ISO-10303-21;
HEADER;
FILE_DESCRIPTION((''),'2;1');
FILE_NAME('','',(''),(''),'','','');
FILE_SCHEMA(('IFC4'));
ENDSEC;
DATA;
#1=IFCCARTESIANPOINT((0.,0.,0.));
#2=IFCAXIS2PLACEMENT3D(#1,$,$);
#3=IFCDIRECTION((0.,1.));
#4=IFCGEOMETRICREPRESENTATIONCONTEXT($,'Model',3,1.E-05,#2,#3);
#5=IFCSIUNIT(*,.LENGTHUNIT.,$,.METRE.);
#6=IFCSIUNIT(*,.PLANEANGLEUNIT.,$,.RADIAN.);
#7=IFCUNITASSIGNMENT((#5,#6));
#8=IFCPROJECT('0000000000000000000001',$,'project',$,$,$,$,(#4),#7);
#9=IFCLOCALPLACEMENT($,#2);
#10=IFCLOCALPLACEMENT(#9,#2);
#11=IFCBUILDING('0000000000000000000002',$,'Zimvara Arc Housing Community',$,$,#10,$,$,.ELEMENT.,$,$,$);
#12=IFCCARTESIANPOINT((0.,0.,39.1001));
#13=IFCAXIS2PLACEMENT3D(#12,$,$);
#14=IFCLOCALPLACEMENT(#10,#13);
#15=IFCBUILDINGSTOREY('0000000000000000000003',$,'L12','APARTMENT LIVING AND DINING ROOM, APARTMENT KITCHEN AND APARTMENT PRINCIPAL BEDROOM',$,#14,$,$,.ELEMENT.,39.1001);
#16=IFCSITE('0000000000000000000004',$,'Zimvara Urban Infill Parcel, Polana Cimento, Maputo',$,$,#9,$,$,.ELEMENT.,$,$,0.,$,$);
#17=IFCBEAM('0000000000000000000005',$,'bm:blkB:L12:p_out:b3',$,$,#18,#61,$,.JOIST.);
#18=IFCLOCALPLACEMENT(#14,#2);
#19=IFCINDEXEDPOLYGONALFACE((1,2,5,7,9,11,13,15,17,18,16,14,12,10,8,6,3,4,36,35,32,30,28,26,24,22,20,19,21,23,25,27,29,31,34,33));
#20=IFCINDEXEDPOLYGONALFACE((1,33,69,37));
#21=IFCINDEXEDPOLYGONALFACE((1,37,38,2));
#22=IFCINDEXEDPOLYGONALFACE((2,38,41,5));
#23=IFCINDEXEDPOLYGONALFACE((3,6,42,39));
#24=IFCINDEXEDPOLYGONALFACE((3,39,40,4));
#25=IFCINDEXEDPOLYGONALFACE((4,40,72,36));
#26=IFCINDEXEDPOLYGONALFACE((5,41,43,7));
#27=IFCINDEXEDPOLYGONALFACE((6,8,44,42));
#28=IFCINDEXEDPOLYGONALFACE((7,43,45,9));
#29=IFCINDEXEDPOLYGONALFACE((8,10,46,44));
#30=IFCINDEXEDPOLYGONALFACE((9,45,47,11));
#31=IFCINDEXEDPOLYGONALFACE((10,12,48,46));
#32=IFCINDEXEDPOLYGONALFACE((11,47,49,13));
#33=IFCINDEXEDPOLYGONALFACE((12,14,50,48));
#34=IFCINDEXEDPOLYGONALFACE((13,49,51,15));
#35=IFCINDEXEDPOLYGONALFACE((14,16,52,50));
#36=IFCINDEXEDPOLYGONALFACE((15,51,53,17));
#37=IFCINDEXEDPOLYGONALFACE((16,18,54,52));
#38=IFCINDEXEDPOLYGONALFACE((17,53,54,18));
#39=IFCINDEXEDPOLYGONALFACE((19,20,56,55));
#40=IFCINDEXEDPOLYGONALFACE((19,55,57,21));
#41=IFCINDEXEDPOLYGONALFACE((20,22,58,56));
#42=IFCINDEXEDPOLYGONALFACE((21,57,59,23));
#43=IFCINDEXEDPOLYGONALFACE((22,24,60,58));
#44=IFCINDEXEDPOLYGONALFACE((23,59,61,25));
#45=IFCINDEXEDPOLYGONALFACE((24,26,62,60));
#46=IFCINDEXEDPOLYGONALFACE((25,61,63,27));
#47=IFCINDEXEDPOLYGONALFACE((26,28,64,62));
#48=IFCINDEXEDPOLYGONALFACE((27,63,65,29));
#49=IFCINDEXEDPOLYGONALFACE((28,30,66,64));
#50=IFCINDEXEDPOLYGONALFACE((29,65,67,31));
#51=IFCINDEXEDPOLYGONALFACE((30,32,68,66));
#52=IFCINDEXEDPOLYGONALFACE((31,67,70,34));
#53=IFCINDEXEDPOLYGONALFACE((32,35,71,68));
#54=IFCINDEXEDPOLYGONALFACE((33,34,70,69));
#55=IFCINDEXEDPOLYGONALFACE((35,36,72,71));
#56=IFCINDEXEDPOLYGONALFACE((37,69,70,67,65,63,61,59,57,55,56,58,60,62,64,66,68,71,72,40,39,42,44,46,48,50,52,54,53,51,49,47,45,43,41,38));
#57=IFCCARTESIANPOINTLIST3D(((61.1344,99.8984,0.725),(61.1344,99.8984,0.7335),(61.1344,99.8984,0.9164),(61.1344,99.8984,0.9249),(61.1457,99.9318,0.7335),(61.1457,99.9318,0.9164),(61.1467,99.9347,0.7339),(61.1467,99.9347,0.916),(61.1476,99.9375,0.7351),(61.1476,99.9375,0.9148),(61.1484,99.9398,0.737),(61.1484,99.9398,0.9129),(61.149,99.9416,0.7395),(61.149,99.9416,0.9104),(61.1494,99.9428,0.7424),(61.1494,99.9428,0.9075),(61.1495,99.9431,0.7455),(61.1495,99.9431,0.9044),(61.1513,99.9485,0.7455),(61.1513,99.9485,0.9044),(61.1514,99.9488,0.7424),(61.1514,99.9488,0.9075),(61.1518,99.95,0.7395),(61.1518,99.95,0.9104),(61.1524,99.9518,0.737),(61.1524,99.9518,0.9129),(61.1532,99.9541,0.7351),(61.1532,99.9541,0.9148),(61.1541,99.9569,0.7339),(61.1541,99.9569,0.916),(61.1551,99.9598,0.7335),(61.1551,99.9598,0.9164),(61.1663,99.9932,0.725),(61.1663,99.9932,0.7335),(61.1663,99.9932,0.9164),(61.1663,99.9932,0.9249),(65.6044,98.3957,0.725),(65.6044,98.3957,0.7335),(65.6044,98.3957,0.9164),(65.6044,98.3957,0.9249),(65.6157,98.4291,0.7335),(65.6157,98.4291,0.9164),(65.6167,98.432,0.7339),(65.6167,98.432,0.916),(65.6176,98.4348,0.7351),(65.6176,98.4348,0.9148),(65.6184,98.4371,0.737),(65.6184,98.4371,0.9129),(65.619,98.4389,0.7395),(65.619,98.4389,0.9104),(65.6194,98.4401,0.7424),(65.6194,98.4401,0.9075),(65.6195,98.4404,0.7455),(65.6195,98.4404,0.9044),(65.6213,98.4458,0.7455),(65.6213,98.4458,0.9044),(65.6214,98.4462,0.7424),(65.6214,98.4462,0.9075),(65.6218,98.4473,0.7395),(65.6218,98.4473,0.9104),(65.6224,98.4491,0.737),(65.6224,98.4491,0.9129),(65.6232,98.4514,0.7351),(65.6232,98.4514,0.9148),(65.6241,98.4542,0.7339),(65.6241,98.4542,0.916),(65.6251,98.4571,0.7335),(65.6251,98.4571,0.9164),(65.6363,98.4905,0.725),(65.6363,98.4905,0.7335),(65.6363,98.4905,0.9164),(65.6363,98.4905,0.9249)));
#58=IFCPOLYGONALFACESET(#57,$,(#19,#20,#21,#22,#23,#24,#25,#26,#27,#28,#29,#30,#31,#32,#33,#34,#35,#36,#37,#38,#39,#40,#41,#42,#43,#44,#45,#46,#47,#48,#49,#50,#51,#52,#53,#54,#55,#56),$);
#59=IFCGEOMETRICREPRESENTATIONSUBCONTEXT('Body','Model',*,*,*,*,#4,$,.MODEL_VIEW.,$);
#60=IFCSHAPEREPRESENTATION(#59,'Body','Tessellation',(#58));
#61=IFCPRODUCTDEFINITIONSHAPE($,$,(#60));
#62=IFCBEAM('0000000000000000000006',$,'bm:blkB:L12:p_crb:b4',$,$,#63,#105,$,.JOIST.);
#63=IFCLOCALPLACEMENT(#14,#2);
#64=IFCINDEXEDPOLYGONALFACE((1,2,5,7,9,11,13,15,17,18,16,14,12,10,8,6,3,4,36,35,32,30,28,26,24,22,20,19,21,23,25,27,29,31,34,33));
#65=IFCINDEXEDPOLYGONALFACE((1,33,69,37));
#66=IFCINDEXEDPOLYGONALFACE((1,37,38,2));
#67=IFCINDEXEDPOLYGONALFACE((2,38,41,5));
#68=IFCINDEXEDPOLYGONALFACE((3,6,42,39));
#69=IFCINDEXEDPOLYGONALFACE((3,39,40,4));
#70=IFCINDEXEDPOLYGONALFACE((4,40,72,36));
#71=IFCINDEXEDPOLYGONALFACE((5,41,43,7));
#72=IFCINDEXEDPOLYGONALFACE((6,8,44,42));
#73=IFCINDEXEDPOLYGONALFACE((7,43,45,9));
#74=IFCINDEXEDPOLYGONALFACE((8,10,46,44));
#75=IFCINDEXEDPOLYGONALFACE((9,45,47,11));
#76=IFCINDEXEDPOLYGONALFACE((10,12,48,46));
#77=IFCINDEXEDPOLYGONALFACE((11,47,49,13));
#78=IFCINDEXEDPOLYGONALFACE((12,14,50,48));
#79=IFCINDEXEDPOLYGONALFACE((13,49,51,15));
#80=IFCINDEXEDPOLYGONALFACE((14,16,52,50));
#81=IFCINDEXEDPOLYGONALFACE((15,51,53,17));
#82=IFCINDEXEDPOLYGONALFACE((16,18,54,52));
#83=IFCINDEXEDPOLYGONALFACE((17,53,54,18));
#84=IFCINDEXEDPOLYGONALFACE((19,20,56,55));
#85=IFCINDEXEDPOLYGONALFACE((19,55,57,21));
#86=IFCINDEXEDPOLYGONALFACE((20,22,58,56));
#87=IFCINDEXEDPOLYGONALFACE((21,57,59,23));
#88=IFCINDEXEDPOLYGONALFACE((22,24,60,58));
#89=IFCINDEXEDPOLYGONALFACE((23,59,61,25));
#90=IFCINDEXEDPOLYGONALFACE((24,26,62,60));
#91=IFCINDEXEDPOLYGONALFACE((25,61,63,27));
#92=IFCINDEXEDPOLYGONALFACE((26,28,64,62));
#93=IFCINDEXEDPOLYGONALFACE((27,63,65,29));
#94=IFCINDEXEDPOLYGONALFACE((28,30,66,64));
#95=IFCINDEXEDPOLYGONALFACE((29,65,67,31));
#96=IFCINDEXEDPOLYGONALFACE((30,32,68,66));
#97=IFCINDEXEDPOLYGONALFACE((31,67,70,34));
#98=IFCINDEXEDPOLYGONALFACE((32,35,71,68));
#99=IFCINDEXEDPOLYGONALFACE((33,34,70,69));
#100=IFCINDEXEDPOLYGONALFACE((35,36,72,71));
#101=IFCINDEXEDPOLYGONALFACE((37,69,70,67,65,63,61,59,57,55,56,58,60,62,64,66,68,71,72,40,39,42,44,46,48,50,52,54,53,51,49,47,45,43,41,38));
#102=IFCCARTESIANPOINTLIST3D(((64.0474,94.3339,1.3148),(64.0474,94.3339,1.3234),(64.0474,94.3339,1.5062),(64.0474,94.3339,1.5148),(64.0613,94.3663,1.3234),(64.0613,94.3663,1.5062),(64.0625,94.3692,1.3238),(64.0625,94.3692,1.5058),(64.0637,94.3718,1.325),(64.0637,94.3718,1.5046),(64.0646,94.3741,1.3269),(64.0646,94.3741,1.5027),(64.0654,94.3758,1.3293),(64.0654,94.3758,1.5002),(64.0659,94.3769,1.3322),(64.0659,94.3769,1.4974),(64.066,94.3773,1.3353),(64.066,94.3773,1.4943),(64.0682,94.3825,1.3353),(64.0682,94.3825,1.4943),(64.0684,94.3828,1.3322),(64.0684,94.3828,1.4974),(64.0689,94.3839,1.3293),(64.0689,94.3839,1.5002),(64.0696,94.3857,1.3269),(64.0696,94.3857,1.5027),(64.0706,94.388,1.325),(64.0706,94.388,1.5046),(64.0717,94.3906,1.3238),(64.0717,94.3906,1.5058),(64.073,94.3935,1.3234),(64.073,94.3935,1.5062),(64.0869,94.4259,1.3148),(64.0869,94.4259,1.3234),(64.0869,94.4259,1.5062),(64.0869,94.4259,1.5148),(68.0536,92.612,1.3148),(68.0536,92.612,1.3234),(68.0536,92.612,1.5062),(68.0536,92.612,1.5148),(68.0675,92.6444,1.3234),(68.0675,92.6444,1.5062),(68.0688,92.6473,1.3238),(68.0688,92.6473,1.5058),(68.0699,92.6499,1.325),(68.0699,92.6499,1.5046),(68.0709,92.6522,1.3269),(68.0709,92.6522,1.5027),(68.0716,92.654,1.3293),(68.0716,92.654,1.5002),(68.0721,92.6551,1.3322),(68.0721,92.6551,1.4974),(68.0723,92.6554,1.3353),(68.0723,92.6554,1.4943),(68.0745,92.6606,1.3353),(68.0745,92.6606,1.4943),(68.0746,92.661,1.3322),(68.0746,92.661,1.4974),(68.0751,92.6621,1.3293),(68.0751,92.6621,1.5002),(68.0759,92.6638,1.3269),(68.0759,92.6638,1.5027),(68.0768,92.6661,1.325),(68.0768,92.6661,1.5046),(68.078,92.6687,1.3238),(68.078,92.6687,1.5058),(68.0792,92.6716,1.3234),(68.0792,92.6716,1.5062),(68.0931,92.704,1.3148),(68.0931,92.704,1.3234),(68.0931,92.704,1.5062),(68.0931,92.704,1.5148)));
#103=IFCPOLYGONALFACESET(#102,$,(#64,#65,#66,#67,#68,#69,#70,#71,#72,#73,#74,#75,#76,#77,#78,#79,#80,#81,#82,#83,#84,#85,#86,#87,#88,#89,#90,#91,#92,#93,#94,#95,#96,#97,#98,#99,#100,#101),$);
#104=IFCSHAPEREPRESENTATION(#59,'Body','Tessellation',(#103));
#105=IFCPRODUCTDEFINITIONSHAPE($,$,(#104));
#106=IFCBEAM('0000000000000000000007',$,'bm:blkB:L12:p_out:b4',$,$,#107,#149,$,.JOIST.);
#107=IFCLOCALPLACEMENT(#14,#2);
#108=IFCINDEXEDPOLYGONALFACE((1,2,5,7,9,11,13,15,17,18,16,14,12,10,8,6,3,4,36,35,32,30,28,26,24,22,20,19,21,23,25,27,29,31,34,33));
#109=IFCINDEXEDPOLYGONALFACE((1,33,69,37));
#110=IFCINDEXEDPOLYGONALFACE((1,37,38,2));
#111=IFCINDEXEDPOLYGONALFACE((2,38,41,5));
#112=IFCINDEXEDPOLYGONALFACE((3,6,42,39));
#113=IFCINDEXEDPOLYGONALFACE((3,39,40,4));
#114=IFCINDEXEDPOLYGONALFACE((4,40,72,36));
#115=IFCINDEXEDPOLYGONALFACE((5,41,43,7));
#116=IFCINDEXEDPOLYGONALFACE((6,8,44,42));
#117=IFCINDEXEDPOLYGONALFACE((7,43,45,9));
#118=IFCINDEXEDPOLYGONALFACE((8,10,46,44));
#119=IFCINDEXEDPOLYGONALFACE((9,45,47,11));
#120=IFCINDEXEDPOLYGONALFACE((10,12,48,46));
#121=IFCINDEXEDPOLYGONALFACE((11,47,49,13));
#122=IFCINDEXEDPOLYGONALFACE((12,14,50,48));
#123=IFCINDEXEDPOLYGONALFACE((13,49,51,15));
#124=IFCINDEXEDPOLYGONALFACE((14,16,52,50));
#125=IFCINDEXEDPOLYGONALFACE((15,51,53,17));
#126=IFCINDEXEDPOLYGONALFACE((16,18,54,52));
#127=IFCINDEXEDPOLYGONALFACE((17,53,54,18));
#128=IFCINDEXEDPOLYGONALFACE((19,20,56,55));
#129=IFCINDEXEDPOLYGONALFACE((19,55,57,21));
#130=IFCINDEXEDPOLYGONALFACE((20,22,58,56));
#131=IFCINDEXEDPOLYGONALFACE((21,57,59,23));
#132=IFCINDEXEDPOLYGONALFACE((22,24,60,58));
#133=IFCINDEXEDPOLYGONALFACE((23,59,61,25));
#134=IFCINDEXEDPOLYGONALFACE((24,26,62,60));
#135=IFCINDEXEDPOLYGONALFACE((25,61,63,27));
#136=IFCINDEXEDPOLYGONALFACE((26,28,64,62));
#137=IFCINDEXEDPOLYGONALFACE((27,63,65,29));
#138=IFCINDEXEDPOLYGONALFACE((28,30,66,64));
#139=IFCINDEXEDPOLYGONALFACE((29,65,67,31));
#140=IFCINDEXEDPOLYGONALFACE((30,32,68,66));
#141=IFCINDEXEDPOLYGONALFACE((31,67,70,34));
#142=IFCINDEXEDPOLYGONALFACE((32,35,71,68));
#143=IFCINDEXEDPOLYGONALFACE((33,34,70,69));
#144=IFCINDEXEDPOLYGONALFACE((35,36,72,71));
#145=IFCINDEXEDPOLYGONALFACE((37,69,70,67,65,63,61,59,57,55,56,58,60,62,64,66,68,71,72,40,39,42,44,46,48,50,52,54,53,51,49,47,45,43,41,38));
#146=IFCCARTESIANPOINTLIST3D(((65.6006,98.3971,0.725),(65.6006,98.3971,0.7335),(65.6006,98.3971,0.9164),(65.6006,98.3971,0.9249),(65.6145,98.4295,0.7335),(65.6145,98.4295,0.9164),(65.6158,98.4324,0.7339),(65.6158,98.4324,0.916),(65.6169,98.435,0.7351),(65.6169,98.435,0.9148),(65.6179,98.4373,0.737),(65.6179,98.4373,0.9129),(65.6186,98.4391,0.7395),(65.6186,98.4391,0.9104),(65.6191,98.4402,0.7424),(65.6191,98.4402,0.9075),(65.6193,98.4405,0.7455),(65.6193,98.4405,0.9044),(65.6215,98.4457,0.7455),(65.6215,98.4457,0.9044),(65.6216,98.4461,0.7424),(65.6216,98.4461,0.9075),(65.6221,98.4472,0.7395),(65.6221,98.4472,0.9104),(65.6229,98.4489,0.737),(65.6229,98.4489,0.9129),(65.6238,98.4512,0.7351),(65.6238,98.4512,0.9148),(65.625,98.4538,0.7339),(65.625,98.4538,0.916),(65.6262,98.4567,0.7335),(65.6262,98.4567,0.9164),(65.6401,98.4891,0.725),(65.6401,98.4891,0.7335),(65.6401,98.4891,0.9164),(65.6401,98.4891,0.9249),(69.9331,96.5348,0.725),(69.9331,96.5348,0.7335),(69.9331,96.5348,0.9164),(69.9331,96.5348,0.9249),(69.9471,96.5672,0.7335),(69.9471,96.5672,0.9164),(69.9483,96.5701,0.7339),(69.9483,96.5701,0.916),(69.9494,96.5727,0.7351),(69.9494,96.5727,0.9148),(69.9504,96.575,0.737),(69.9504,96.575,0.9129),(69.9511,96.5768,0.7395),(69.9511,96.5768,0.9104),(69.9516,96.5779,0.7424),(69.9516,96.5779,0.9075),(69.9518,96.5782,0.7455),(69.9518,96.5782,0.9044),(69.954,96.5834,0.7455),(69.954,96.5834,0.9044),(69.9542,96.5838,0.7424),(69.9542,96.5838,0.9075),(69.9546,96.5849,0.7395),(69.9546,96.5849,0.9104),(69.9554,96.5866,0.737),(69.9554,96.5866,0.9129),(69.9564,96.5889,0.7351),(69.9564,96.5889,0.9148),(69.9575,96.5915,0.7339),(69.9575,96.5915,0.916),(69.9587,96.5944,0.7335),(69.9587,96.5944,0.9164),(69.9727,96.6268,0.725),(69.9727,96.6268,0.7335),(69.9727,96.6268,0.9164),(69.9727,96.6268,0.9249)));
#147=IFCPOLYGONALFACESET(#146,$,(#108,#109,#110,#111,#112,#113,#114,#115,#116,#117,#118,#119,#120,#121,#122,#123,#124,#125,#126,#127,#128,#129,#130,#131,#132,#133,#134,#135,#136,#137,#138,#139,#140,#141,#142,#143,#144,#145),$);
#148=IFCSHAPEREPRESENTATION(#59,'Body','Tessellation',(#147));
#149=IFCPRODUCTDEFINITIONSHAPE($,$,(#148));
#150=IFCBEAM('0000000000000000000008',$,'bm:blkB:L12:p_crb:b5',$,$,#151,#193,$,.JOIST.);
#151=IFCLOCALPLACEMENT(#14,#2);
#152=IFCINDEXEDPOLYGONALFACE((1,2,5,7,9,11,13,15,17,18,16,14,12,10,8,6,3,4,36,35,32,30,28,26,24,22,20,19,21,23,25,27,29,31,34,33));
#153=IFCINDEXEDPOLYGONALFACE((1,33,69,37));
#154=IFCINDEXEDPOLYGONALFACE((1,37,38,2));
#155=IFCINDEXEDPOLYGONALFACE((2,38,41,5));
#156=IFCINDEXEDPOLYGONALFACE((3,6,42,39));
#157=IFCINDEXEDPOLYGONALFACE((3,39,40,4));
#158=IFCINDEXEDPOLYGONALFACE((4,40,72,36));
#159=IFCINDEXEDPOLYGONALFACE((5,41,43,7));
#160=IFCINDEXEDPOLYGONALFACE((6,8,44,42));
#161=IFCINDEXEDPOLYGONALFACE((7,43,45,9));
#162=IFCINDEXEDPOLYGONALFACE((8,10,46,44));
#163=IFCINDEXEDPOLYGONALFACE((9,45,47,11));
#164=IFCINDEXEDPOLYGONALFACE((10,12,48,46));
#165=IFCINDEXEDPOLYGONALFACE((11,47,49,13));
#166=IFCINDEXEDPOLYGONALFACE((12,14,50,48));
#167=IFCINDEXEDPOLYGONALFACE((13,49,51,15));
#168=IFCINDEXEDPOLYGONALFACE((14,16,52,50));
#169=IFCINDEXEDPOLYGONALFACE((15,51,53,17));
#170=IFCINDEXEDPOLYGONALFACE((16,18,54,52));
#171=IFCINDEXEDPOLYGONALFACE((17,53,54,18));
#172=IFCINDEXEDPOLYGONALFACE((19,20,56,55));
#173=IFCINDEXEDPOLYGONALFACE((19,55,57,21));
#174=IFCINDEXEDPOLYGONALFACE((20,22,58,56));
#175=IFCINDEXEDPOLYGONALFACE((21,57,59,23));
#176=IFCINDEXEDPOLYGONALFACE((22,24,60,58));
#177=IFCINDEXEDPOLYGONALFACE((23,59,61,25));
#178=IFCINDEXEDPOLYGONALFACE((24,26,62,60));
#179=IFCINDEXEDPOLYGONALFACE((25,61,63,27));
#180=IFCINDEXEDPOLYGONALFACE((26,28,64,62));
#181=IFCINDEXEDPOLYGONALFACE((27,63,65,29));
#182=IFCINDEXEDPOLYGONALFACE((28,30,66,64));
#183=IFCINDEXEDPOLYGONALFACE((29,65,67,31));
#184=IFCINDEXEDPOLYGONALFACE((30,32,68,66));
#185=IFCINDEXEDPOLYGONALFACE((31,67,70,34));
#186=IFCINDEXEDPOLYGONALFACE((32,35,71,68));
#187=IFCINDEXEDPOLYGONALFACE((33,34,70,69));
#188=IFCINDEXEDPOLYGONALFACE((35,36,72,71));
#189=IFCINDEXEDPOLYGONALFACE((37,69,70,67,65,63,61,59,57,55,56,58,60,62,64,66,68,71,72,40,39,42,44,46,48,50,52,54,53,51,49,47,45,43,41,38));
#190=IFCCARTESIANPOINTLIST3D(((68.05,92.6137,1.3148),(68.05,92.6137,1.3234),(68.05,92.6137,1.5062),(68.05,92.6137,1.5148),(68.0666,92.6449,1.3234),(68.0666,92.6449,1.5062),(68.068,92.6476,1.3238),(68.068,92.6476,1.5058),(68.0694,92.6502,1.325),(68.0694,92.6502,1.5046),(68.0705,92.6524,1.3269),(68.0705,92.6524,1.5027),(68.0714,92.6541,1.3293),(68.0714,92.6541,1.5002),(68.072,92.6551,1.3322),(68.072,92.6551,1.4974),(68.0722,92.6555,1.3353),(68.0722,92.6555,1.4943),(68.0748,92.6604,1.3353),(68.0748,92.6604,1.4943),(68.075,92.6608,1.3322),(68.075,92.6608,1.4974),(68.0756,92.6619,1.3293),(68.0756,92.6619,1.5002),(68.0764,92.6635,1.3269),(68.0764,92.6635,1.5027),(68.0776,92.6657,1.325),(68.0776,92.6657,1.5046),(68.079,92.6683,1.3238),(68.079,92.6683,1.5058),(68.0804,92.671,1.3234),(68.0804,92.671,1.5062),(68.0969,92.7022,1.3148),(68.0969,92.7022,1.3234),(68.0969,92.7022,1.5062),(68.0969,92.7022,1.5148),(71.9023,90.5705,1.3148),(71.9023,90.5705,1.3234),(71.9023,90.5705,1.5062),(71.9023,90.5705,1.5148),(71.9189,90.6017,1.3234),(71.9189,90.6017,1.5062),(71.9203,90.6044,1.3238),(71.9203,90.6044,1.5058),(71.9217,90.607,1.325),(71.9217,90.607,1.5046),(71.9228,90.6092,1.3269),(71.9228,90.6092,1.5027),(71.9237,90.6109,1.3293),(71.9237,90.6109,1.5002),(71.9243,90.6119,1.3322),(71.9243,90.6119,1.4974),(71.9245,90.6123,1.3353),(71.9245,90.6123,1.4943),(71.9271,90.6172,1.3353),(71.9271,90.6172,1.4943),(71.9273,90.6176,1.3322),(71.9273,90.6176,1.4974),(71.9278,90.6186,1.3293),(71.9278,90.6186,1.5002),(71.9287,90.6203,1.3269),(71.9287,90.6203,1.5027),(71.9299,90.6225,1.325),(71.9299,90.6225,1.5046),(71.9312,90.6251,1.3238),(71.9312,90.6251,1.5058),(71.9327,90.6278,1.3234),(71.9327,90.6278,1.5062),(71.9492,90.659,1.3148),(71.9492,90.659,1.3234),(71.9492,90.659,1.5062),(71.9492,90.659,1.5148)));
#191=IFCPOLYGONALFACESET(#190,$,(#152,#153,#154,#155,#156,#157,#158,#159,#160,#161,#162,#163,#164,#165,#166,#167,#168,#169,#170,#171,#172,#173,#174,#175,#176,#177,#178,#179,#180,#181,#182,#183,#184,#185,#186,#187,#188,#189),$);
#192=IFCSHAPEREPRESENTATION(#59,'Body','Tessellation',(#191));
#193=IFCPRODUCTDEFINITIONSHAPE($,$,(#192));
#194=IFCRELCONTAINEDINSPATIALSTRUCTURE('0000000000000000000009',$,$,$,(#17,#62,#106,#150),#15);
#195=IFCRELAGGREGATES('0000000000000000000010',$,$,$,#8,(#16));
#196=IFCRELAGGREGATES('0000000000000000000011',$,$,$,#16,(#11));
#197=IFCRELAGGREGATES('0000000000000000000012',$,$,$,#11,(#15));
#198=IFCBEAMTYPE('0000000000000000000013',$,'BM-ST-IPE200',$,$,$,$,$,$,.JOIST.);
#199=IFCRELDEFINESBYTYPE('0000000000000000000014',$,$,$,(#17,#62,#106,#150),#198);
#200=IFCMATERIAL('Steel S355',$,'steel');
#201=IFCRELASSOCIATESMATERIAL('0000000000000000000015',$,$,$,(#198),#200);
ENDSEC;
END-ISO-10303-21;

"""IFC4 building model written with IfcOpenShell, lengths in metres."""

from ifc_helpers import new_model, si_unit, direction, frame, origin, origin_2d, place, context, subcontext, project, spatial, i_section, extrude, material, material_profile, profile_set, type_object, element, save


model = new_model("IFC4")

# Units and contexts
model_context = context("Model", 3, precision=1e-05, world=origin(), true_north=direction((0.0, 1.0)))
body_context = subcontext(model_context, "Body", "Model", "MODEL_VIEW")
ifc_project = project(units=[si_unit("LENGTHUNIT", "METRE"), si_unit("PLANEANGLEUNIT", "RADIAN")], contexts=[model_context])

# Site, building, storey
site_placement = place(None, origin())
site = spatial("IfcSite", under=ifc_project, at=site_placement, Name="Zimvara Urban Infill Parcel, Polana Cimento, Maputo", CompositionType="ELEMENT", RefElevation=0.0)
building_placement = place(site_placement, origin())
building = spatial("IfcBuilding", under=site, at=building_placement, Name="Zimvara Arc Housing Community", CompositionType="ELEMENT")
storey_placement = place(building_placement, frame((0.0, 0.0, 39.1001)))
storey = spatial("IfcBuildingStorey", under=building, at=storey_placement, Name="L12", Description="APARTMENT LIVING AND DINING ROOM, APARTMENT KITCHEN AND APARTMENT PRINCIPAL BEDROOM", CompositionType="ELEMENT", Elevation=39.1001)

# Beams
ifc_material_1 = material(Name="Steel S355", Category="steel")
ifc_material_profile_1 = material_profile(ifc_material_1, i_section(OverallWidth=0.1001, OverallDepth=0.2, WebThickness=0.0056, FlangeThickness=0.0085, FilletRadius=0.012, at=origin_2d()), Name="IPE 200")
ifc_profile_set_1 = profile_set([ifc_material_profile_1], Name="Steel S355")
beam_type_1 = type_object("IfcBeamType", Name="BM-ST-IPE200", PredefinedType="JOIST", material=ifc_profile_set_1)
beam_1_placement = place(storey_placement, frame((61.1504, 99.9458, 0.825), z_axis=(0.947873, -0.31865, 0.0), x_axis=(0.31865, 0.947873, 0.0)))
element("IfcBeam", 1, at=beam_1_placement, inside=storey, type_object=beam_type_1, Name="bm:blkB:L12:p_out:b3", PredefinedType="JOIST", context=body_context, shape_type="SweptSolid", body=[
    extrude(i_section(OverallWidth=0.1001, OverallDepth=0.2, WebThickness=0.0056, FlangeThickness=0.0085, FilletRadius=0.012, at=origin_2d()), origin(), (0.0, 0.0, 1.0), 4.7158),
])
beam_2_placement = place(storey_placement, frame((64.0671, 94.3799, 1.4148), z_axis=(0.918736, -0.394872, 0.0), x_axis=(0.394872, 0.918736, 0.0)))
element("IfcBeam", 2, at=beam_2_placement, inside=storey, type_object=beam_type_1, Name="bm:blkB:L12:p_crb:b4", PredefinedType="JOIST", context=body_context, shape_type="SweptSolid", body=[
    extrude(i_section(OverallWidth=0.1001, OverallDepth=0.2, WebThickness=0.0056, FlangeThickness=0.0085, FilletRadius=0.012, at=origin_2d()), origin(), (0.0, 0.0, 1.0), 4.3606),
])
beam_3_placement = place(storey_placement, frame((65.6204, 98.4431, 0.825), z_axis=(0.918721, -0.394906, 0.0), x_axis=(0.394906, 0.918721, 0.0)))
element("IfcBeam", 3, at=beam_3_placement, inside=storey, type_object=beam_type_1, Name="bm:blkB:L12:p_out:b4", PredefinedType="JOIST", context=body_context, shape_type="SweptSolid", body=[
    extrude(i_section(OverallWidth=0.1001, OverallDepth=0.2, WebThickness=0.0056, FlangeThickness=0.0085, FilletRadius=0.012, at=origin_2d()), origin(), (0.0, 0.0, 1.0), 4.7158),
])
beam_4_placement = place(storey_placement, frame((68.0735, 92.658, 1.4148), z_axis=(0.883431, -0.468562, 0.0), x_axis=(0.468562, 0.883431, 0.0)))
element("IfcBeam", 4, at=beam_4_placement, inside=storey, type_object=beam_type_1, Name="bm:blkB:L12:p_crb:b5", PredefinedType="JOIST", context=body_context, shape_type="SweptSolid", body=[
    extrude(i_section(OverallWidth=0.1001, OverallDepth=0.2, WebThickness=0.0056, FlangeThickness=0.0085, FilletRadius=0.012, at=origin_2d()), origin(), (0.0, 0.0, 1.0), 4.3606),
])

save(model, "model.ifc")
